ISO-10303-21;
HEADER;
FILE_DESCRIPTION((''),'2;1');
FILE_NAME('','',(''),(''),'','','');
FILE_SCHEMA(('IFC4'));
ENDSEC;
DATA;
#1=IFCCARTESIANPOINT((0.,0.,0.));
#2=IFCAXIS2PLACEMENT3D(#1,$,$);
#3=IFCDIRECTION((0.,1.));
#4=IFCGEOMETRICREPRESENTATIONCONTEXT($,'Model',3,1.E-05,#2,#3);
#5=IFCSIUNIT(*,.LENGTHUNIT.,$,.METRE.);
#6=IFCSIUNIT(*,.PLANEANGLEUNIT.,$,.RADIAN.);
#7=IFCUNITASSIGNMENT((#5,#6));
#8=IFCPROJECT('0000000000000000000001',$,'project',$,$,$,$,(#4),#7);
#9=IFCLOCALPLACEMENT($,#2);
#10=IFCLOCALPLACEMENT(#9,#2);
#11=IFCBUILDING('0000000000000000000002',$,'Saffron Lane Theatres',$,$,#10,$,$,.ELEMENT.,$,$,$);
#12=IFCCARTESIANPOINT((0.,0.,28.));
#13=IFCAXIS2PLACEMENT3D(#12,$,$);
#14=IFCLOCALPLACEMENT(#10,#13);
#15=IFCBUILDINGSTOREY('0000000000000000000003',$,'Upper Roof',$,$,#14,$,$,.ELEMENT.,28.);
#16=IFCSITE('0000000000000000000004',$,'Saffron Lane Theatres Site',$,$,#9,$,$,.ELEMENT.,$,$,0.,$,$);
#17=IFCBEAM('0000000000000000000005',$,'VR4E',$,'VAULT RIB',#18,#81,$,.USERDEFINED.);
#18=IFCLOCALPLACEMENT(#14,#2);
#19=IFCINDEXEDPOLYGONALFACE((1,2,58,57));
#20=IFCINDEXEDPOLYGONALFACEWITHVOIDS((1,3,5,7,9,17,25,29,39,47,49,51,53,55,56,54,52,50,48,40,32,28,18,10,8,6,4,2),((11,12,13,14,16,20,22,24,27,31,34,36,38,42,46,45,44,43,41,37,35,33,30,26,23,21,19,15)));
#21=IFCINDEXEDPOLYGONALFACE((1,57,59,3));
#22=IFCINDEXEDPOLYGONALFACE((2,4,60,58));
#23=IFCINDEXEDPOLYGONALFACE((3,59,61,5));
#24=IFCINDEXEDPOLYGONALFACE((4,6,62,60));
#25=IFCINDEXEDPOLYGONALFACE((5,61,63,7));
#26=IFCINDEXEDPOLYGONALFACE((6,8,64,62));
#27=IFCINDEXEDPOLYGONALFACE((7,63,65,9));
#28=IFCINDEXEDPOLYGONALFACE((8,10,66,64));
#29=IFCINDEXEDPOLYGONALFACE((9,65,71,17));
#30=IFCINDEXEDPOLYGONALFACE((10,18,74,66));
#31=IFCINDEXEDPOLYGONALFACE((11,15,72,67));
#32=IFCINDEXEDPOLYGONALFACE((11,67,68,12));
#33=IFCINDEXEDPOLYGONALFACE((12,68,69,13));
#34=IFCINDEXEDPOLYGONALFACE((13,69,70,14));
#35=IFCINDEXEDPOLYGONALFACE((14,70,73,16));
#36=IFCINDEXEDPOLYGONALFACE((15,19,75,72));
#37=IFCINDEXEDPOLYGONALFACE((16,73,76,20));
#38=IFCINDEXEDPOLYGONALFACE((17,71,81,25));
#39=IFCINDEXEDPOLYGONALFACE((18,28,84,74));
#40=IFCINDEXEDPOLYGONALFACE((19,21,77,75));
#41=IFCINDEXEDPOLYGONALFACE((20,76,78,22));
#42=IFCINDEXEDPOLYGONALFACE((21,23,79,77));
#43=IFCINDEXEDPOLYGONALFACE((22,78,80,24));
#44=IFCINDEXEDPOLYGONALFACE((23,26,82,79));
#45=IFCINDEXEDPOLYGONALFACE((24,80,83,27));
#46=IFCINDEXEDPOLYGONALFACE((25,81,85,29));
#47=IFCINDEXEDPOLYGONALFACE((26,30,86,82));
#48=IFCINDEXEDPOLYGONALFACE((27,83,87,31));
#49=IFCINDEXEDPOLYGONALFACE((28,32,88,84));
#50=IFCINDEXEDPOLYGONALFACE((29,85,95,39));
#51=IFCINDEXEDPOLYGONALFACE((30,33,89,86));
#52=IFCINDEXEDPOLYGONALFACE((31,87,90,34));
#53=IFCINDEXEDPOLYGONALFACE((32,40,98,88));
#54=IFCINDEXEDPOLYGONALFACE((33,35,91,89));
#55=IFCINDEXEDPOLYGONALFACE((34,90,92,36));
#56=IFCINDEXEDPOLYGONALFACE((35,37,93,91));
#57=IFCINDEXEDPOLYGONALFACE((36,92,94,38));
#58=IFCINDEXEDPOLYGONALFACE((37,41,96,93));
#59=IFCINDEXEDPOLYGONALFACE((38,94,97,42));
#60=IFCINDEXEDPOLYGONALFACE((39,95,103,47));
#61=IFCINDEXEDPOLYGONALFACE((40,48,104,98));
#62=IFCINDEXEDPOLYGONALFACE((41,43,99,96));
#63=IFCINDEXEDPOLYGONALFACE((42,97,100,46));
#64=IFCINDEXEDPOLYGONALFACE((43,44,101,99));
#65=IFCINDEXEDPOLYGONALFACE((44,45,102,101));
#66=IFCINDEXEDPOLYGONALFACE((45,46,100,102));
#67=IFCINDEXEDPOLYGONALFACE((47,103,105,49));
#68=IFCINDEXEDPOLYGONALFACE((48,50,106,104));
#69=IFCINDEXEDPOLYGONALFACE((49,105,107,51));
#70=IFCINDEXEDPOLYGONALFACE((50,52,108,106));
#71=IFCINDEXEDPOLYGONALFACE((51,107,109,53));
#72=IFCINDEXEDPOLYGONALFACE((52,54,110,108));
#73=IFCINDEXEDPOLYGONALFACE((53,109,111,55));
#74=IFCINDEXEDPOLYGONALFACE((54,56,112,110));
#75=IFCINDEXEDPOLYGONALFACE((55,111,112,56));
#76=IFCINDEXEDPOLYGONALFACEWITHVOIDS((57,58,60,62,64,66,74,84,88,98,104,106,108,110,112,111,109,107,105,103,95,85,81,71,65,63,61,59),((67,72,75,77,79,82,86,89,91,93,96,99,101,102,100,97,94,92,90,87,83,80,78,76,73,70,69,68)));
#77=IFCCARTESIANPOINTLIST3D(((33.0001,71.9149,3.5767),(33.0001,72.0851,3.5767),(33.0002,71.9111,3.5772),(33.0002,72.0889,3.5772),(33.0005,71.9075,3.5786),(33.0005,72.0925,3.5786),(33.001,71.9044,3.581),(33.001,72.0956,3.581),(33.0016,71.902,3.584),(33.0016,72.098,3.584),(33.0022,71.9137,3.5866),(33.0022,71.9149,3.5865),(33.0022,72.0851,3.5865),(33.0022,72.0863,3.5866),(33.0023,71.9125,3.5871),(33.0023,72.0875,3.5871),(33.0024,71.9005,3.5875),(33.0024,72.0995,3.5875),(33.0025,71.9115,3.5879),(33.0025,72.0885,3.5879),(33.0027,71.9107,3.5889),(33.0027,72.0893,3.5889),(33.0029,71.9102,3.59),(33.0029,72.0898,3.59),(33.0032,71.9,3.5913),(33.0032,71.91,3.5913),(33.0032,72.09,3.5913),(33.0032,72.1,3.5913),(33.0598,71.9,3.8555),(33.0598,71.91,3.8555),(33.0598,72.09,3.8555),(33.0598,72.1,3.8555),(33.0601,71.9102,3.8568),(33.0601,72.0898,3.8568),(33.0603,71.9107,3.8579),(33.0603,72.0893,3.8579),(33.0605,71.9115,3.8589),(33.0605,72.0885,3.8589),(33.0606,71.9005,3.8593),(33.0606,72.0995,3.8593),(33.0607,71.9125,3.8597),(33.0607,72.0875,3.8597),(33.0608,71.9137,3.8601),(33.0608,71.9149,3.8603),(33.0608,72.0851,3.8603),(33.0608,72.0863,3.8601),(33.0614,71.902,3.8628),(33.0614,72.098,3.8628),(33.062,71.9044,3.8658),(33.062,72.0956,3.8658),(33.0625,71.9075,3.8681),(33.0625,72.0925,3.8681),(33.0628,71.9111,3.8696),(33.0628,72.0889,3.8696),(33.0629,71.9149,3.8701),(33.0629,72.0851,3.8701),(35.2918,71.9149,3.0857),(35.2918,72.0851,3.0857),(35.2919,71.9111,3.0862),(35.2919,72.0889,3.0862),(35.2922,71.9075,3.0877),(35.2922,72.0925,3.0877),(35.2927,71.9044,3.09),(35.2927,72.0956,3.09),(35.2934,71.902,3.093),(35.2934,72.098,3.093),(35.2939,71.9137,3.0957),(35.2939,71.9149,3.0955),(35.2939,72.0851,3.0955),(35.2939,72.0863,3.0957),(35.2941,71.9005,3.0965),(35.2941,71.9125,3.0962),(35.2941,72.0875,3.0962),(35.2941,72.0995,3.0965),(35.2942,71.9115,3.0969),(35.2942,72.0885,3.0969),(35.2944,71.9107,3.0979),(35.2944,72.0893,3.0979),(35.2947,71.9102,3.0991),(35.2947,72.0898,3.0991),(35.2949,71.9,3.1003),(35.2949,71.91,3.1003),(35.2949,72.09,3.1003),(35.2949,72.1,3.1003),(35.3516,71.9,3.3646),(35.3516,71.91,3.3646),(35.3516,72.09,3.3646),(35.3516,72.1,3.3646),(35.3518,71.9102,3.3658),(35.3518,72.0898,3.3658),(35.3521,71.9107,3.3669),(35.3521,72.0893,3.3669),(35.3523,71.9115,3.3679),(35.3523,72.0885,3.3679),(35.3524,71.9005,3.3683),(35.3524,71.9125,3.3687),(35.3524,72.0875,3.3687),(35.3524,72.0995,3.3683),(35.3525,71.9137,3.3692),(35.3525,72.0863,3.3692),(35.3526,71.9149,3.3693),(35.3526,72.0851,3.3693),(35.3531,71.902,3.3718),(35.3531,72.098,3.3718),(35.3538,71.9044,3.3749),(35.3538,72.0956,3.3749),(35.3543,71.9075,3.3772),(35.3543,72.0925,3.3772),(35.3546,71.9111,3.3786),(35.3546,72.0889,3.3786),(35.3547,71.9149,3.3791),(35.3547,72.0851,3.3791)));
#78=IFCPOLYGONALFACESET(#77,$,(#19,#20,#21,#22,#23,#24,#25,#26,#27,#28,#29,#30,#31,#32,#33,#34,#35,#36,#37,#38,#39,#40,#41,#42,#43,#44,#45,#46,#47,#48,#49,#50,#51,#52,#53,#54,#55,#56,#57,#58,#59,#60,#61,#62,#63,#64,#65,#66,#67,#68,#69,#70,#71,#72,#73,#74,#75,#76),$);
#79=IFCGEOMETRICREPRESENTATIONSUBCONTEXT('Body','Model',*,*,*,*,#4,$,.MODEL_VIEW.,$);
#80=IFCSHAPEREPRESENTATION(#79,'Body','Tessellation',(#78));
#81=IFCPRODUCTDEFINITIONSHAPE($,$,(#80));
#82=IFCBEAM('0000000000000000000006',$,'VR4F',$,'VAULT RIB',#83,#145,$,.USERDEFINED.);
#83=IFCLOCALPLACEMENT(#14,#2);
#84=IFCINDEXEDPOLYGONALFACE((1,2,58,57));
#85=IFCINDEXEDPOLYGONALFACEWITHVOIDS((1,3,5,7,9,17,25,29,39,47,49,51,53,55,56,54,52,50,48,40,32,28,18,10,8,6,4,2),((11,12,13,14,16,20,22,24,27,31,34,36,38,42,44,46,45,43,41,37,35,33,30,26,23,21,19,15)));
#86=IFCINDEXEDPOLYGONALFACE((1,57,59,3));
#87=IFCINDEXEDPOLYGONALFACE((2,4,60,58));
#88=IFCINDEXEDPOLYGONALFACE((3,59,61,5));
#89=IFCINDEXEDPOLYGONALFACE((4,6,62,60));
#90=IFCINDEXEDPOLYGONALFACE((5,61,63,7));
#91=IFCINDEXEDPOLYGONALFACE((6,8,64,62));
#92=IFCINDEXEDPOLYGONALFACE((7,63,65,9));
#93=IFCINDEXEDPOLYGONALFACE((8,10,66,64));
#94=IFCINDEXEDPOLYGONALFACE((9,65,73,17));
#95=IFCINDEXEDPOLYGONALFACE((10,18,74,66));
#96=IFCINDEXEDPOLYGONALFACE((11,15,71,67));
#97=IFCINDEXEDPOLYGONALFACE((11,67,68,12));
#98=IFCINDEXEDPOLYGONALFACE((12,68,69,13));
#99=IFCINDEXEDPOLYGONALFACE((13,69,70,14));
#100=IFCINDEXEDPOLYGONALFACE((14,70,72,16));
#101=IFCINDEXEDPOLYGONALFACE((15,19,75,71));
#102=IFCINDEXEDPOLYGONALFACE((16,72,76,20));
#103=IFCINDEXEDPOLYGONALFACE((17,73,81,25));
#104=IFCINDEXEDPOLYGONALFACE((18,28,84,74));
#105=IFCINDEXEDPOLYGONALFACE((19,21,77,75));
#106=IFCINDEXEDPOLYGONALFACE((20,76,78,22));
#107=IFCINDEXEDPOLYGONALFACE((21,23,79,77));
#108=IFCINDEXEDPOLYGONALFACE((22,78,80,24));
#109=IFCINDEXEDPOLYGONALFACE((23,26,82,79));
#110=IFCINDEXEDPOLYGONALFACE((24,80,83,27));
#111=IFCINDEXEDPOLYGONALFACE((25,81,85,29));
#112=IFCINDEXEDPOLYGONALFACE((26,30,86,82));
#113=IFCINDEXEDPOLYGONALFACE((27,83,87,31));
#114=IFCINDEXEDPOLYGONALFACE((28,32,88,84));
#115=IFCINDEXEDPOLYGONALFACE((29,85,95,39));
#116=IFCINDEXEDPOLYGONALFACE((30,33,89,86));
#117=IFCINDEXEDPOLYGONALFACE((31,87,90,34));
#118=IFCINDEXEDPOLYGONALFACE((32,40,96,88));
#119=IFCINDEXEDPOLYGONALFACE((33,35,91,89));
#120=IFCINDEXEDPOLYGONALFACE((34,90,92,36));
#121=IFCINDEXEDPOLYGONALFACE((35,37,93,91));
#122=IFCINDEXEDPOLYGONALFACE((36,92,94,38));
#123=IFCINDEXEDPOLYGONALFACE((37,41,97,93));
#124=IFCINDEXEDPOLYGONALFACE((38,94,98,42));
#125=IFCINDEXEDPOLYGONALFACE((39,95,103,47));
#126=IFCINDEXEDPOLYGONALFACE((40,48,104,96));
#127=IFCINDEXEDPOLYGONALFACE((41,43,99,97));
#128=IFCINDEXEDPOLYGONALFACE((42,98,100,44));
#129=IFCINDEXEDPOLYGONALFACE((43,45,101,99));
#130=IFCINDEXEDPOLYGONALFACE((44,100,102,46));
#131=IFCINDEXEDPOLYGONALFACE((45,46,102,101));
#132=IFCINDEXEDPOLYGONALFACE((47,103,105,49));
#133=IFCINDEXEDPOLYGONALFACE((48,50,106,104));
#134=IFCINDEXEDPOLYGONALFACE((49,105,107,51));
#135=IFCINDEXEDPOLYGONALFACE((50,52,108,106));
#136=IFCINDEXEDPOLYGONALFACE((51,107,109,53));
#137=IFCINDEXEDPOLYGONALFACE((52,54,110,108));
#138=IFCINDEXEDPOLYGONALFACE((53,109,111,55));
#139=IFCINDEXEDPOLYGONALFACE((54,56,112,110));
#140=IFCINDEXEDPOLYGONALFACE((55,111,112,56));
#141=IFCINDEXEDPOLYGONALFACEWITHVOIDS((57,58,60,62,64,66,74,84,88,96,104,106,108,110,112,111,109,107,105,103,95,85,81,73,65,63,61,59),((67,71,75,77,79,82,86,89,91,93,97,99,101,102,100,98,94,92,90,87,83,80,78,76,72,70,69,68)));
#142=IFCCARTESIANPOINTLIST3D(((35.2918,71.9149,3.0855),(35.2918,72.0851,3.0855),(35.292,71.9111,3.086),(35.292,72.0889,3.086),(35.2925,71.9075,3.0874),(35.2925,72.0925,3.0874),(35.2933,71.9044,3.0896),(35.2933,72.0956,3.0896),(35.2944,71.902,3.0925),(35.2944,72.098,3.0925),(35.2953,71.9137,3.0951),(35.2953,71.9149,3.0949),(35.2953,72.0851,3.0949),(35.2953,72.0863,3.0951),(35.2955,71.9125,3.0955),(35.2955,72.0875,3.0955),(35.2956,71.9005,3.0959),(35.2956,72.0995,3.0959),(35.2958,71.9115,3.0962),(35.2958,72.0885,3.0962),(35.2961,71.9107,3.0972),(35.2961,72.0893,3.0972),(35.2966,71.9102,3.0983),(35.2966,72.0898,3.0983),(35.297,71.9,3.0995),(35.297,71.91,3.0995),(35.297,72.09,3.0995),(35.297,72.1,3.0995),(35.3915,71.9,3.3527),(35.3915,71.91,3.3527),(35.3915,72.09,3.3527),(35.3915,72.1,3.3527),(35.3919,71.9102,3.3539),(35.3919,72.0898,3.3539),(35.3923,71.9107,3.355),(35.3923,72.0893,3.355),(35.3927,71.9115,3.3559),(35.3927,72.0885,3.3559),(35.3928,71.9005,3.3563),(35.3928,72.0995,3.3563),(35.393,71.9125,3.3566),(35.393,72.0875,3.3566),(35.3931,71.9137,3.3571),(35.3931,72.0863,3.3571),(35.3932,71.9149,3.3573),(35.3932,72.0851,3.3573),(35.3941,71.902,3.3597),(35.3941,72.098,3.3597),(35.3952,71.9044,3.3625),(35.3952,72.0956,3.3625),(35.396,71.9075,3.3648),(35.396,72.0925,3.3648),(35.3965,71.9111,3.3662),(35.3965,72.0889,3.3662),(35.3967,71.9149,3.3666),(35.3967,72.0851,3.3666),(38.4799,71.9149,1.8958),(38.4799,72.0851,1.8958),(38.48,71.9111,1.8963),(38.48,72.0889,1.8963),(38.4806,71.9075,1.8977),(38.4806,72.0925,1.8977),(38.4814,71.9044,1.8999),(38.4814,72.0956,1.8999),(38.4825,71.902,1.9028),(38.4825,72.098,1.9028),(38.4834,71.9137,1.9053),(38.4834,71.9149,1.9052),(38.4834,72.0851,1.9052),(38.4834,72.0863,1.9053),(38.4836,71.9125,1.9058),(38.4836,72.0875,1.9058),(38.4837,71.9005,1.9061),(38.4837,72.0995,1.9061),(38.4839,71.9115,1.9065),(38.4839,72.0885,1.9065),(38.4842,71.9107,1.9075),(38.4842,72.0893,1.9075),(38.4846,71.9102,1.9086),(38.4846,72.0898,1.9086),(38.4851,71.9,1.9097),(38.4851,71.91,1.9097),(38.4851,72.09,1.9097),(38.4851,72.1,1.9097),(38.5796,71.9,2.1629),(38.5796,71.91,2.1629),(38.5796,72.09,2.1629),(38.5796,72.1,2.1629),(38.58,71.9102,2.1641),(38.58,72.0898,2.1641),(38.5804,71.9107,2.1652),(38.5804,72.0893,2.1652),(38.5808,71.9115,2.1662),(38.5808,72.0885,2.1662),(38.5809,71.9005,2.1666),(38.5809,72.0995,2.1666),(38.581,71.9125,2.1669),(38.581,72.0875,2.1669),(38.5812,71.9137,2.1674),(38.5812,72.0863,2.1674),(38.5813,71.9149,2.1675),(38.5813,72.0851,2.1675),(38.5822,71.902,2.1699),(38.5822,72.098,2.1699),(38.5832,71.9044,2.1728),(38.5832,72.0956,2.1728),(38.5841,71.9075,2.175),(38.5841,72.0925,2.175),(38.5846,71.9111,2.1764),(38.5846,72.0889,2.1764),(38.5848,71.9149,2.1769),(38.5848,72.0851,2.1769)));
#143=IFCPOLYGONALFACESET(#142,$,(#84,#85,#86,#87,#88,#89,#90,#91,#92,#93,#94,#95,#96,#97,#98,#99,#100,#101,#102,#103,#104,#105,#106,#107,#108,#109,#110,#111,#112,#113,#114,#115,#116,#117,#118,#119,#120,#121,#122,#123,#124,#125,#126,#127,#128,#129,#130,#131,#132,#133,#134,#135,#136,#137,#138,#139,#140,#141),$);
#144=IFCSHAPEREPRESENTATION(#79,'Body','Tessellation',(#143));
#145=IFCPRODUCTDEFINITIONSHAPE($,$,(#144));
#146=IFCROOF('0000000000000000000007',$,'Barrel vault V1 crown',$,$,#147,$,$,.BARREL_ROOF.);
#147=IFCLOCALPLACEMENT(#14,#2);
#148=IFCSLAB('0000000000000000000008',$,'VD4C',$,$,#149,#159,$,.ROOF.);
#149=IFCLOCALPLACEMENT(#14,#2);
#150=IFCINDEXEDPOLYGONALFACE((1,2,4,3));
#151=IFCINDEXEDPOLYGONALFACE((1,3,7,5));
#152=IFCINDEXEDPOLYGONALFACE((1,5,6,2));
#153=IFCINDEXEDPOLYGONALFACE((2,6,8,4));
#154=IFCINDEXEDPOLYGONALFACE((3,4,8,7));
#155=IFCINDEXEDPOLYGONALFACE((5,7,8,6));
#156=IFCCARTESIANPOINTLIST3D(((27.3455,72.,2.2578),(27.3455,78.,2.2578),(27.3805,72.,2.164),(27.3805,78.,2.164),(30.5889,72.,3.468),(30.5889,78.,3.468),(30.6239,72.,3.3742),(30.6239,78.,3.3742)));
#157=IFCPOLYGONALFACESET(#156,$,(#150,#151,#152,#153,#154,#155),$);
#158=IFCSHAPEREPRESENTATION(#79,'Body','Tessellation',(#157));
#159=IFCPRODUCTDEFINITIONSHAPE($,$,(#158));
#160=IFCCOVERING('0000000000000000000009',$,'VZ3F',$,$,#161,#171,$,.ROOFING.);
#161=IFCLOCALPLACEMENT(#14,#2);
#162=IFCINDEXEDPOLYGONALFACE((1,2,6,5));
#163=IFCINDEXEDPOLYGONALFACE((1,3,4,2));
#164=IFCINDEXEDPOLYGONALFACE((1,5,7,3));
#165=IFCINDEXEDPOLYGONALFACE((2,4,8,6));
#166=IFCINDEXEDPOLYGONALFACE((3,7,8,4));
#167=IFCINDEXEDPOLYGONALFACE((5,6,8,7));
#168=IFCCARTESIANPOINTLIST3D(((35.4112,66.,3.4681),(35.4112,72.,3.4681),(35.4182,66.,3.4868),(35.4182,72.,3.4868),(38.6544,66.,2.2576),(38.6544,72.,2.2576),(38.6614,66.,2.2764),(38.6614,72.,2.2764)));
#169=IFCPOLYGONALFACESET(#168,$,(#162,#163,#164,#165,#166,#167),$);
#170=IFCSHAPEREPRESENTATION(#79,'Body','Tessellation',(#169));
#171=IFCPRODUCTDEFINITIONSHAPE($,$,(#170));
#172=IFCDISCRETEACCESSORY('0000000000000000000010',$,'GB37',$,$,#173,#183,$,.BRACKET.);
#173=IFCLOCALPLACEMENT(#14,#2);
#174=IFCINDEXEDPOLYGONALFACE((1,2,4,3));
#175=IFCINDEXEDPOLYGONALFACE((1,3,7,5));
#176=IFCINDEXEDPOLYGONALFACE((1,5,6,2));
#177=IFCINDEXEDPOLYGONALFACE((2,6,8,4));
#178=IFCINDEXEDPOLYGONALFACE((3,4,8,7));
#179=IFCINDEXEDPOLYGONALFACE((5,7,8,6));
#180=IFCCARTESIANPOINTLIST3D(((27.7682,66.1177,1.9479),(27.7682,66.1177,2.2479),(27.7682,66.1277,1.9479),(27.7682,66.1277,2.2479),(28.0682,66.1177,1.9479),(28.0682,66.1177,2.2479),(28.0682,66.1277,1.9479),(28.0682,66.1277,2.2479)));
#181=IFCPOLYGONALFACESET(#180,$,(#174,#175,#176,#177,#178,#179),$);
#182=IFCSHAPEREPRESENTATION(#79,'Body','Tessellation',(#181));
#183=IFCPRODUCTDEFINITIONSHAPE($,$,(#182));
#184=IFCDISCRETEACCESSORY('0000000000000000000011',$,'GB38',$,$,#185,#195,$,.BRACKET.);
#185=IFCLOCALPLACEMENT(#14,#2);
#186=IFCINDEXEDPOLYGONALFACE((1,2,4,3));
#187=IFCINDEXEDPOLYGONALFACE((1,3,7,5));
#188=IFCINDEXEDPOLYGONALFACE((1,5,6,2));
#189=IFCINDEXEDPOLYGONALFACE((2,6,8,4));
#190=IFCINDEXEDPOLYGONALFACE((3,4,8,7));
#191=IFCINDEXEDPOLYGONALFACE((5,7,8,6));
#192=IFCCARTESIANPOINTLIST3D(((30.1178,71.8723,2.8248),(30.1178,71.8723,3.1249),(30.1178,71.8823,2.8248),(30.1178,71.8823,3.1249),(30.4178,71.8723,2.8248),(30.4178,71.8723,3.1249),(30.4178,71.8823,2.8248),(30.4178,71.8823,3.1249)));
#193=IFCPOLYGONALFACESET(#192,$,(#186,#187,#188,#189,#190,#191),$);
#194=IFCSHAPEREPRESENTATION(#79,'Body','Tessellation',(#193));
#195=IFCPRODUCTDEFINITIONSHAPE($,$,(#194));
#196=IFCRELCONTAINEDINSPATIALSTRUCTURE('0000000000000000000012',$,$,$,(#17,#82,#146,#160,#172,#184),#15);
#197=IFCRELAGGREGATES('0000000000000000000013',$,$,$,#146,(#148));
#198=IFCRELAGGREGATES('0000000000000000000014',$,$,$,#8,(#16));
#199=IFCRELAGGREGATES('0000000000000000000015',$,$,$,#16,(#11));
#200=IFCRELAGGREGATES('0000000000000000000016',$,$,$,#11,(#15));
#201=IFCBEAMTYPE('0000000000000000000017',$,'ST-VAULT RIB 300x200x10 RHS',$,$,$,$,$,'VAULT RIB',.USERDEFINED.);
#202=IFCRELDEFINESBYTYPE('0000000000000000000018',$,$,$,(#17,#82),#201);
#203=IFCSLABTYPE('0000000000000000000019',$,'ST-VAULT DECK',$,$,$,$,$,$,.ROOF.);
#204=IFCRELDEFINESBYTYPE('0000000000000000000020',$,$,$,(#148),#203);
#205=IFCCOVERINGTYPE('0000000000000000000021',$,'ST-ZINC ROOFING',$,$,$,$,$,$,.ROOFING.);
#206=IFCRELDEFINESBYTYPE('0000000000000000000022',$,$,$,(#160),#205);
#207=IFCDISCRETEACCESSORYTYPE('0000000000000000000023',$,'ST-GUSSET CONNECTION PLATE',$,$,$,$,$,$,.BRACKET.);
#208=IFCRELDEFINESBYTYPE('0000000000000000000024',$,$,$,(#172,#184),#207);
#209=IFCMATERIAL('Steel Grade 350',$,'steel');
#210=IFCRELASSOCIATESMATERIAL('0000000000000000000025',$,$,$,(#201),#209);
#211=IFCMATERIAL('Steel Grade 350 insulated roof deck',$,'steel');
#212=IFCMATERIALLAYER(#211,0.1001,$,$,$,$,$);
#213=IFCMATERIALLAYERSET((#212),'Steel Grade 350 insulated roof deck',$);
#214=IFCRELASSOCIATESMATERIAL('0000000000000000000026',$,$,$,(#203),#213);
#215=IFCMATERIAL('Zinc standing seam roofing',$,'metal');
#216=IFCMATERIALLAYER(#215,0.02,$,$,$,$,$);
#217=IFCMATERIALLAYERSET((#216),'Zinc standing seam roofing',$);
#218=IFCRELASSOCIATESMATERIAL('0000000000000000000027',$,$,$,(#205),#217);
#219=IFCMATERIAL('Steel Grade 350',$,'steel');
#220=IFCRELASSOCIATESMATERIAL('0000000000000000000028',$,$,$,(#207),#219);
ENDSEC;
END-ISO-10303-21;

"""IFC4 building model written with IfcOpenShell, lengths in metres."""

from ifc_helpers import new_model, si_unit, direction, frame, origin, origin_2d, place, context, subcontext, project, spatial, polyline, rectangle, hollow_rectangle, outline, extrude, material, layer, layer_set, material_profile, profile_set, type_object, element, aggregate, save


model = new_model("IFC4")

# Units and contexts
model_context = context("Model", 3, precision=1e-05, world=origin(), true_north=direction((0.0, 1.0)))
body_context = subcontext(model_context, "Body", "Model", "MODEL_VIEW")
ifc_project = project(units=[si_unit("LENGTHUNIT", "METRE"), si_unit("PLANEANGLEUNIT", "RADIAN")], contexts=[model_context])

# Site, building, storey
site_placement = place(None, origin())
site = spatial("IfcSite", under=ifc_project, at=site_placement, Name="Saffron Lane Theatres Site", CompositionType="ELEMENT", RefElevation=0.0)
building_placement = place(site_placement, origin())
building = spatial("IfcBuilding", under=site, at=building_placement, Name="Saffron Lane Theatres", CompositionType="ELEMENT")
storey_placement = place(building_placement, frame((0.0, 0.0, 28.0)))
storey = spatial("IfcBuildingStorey", under=building, at=storey_placement, Name="Upper Roof", CompositionType="ELEMENT", Elevation=28.0)

# Beams
ifc_material_1 = material(Name="Steel Grade 350", Category="steel")
ifc_material_profile_1 = material_profile(ifc_material_1, hollow_rectangle(XDim=0.2, YDim=0.3, WallThickness=0.01, InnerFilletRadius=0.0049, OuterFilletRadius=0.0149, at=origin_2d()))
ifc_profile_set_1 = profile_set([ifc_material_profile_1], Name="Steel Grade 350")
beam_type = type_object("IfcBeamType", Name="ST-VAULT RIB 300x200x10 RHS", ElementType="VAULT RIB", PredefinedType="USERDEFINED", material=ifc_profile_set_1)
for number, where, z_axis, x_axis, name in (
    (1, (33.0315, 72.0, 3.7234), (0.977813, 0.0, -0.209479), (0.0, 1.0, 0.0), "VR4E"),
):
    element("IfcBeam", number, at=place(storey_placement, frame(where, z_axis=z_axis, x_axis=x_axis)), inside=storey, type_object=beam_type, Name=name, ObjectType="VAULT RIB", PredefinedType="USERDEFINED", context=body_context, shape_type="SweptSolid", body=[
        extrude(hollow_rectangle(XDim=0.2, YDim=0.3, WallThickness=0.01, InnerFilletRadius=0.0049, OuterFilletRadius=0.0149, at=origin_2d()), origin(), (0.0, 0.0, 1.0), 2.3438),
    ])
beam_1_placement = place(storey_placement, frame((35.3442, 72.0, 3.2261), z_axis=(0.936888, 0.0, -0.349629), x_axis=(0.0, 1.0, 0.0)))
element("IfcBeam", 2, at=beam_1_placement, inside=storey, type_object=beam_type, Name="VR4F", ObjectType="VAULT RIB", PredefinedType="USERDEFINED", context=body_context, shape_type="SweptSolid", body=[
    extrude(hollow_rectangle(XDim=0.2, YDim=0.3, WallThickness=0.01, InnerFilletRadius=0.0049, OuterFilletRadius=0.0149, at=origin_2d()), origin(), (0.0, 0.0, 1.0), 3.4028),
])

# Roof, slab
roof_placement = place(storey_placement, origin())
roof = element("IfcRoof", 3, at=roof_placement, inside=storey, Name="Barrel vault V1 crown", PredefinedType="BARREL_ROOF")
ifc_material_2 = material(Name="Steel Grade 350 insulated roof deck", Category="steel")
ifc_layer_1 = layer(ifc_material_2, 0.1001)
ifc_layer_set_1 = layer_set([ifc_layer_1], Name="Steel Grade 350 insulated roof deck")
slab_type = type_object("IfcSlabType", Name="ST-VAULT DECK", PredefinedType="ROOF", material=ifc_layer_set_1)
slab_placement = place(storey_placement, frame((27.3455, 72.0, 2.2578), z_axis=(-0.349585, 0.0, 0.936905), x_axis=(0.936905, 0.0, 0.349585)))
slab = element("IfcSlab", 4, at=slab_placement, type_object=slab_type, Name="VD4C", PredefinedType="ROOF", context=body_context, shape_type="SweptSolid", body=[
    extrude(outline(polyline([(0.0, 0.0), (3.4618, 0.0), (3.4618, 6.0), (0.0, 6.0), (0.0, 0.0)])), origin(), (0.0, 0.0, -1.0), 0.1001),
])
aggregate(roof, [slab])

# Covering
ifc_material_3 = material(Name="Zinc standing seam roofing", Category="metal")
ifc_layer_2 = layer(ifc_material_3, 0.02)
ifc_layer_set_2 = layer_set([ifc_layer_2], Name="Zinc standing seam roofing")
covering_type = type_object("IfcCoveringType", Name="ST-ZINC ROOFING", PredefinedType="ROOFING", material=ifc_layer_set_2)
covering_placement = place(storey_placement, frame((35.4182, 66.0, 3.4868), z_axis=(0.34967, 0.0, 0.936873), x_axis=(0.936873, 0.0, -0.34967)))
element("IfcCovering", 5, at=covering_placement, inside=storey, type_object=covering_type, Name="VZ3F", PredefinedType="ROOFING", context=body_context, shape_type="SweptSolid", body=[
    extrude(outline(polyline([(0.0, 0.0), (3.4617, 0.0), (3.4617, 6.0), (0.0, 6.0), (0.0, 0.0)])), origin(), (0.0, 0.0, -1.0), 0.02),
])

# Discrete accessories
ifc_material_4 = material(Name="Steel Grade 350", Category="steel")
ifc_material_profile_2 = material_profile(ifc_material_4, rectangle(XDim=0.3, YDim=0.3, at=origin_2d()))
ifc_profile_set_2 = profile_set([ifc_material_profile_2], Name="Steel Grade 350")
discrete_accessory_type = type_object("IfcDiscreteAccessoryType", Name="ST-GUSSET CONNECTION PLATE", PredefinedType="BRACKET", material=ifc_profile_set_2)
for number, where, z_axis, x_axis, name in (
    (6, (27.9182, 66.1177, 2.0979), (0.0, 1.0, 0.0), (-1.0, 0.0, 0.0), "GB37"),
    (7, (30.2678, 71.8823, 2.9749), (0.0, -1.0, 0.0), (1.0, 0.0, 0.0), "GB38"),
):
    element("IfcDiscreteAccessory", number, at=place(storey_placement, frame(where, z_axis=z_axis, x_axis=x_axis)), inside=storey, type_object=discrete_accessory_type, Name=name, PredefinedType="BRACKET", context=body_context, shape_type="SweptSolid", body=[
        extrude(rectangle(XDim=0.3, YDim=0.3, at=origin_2d()), origin(), (0.0, 0.0, 1.0), 0.01),
    ])

save(model, "model.ifc")
